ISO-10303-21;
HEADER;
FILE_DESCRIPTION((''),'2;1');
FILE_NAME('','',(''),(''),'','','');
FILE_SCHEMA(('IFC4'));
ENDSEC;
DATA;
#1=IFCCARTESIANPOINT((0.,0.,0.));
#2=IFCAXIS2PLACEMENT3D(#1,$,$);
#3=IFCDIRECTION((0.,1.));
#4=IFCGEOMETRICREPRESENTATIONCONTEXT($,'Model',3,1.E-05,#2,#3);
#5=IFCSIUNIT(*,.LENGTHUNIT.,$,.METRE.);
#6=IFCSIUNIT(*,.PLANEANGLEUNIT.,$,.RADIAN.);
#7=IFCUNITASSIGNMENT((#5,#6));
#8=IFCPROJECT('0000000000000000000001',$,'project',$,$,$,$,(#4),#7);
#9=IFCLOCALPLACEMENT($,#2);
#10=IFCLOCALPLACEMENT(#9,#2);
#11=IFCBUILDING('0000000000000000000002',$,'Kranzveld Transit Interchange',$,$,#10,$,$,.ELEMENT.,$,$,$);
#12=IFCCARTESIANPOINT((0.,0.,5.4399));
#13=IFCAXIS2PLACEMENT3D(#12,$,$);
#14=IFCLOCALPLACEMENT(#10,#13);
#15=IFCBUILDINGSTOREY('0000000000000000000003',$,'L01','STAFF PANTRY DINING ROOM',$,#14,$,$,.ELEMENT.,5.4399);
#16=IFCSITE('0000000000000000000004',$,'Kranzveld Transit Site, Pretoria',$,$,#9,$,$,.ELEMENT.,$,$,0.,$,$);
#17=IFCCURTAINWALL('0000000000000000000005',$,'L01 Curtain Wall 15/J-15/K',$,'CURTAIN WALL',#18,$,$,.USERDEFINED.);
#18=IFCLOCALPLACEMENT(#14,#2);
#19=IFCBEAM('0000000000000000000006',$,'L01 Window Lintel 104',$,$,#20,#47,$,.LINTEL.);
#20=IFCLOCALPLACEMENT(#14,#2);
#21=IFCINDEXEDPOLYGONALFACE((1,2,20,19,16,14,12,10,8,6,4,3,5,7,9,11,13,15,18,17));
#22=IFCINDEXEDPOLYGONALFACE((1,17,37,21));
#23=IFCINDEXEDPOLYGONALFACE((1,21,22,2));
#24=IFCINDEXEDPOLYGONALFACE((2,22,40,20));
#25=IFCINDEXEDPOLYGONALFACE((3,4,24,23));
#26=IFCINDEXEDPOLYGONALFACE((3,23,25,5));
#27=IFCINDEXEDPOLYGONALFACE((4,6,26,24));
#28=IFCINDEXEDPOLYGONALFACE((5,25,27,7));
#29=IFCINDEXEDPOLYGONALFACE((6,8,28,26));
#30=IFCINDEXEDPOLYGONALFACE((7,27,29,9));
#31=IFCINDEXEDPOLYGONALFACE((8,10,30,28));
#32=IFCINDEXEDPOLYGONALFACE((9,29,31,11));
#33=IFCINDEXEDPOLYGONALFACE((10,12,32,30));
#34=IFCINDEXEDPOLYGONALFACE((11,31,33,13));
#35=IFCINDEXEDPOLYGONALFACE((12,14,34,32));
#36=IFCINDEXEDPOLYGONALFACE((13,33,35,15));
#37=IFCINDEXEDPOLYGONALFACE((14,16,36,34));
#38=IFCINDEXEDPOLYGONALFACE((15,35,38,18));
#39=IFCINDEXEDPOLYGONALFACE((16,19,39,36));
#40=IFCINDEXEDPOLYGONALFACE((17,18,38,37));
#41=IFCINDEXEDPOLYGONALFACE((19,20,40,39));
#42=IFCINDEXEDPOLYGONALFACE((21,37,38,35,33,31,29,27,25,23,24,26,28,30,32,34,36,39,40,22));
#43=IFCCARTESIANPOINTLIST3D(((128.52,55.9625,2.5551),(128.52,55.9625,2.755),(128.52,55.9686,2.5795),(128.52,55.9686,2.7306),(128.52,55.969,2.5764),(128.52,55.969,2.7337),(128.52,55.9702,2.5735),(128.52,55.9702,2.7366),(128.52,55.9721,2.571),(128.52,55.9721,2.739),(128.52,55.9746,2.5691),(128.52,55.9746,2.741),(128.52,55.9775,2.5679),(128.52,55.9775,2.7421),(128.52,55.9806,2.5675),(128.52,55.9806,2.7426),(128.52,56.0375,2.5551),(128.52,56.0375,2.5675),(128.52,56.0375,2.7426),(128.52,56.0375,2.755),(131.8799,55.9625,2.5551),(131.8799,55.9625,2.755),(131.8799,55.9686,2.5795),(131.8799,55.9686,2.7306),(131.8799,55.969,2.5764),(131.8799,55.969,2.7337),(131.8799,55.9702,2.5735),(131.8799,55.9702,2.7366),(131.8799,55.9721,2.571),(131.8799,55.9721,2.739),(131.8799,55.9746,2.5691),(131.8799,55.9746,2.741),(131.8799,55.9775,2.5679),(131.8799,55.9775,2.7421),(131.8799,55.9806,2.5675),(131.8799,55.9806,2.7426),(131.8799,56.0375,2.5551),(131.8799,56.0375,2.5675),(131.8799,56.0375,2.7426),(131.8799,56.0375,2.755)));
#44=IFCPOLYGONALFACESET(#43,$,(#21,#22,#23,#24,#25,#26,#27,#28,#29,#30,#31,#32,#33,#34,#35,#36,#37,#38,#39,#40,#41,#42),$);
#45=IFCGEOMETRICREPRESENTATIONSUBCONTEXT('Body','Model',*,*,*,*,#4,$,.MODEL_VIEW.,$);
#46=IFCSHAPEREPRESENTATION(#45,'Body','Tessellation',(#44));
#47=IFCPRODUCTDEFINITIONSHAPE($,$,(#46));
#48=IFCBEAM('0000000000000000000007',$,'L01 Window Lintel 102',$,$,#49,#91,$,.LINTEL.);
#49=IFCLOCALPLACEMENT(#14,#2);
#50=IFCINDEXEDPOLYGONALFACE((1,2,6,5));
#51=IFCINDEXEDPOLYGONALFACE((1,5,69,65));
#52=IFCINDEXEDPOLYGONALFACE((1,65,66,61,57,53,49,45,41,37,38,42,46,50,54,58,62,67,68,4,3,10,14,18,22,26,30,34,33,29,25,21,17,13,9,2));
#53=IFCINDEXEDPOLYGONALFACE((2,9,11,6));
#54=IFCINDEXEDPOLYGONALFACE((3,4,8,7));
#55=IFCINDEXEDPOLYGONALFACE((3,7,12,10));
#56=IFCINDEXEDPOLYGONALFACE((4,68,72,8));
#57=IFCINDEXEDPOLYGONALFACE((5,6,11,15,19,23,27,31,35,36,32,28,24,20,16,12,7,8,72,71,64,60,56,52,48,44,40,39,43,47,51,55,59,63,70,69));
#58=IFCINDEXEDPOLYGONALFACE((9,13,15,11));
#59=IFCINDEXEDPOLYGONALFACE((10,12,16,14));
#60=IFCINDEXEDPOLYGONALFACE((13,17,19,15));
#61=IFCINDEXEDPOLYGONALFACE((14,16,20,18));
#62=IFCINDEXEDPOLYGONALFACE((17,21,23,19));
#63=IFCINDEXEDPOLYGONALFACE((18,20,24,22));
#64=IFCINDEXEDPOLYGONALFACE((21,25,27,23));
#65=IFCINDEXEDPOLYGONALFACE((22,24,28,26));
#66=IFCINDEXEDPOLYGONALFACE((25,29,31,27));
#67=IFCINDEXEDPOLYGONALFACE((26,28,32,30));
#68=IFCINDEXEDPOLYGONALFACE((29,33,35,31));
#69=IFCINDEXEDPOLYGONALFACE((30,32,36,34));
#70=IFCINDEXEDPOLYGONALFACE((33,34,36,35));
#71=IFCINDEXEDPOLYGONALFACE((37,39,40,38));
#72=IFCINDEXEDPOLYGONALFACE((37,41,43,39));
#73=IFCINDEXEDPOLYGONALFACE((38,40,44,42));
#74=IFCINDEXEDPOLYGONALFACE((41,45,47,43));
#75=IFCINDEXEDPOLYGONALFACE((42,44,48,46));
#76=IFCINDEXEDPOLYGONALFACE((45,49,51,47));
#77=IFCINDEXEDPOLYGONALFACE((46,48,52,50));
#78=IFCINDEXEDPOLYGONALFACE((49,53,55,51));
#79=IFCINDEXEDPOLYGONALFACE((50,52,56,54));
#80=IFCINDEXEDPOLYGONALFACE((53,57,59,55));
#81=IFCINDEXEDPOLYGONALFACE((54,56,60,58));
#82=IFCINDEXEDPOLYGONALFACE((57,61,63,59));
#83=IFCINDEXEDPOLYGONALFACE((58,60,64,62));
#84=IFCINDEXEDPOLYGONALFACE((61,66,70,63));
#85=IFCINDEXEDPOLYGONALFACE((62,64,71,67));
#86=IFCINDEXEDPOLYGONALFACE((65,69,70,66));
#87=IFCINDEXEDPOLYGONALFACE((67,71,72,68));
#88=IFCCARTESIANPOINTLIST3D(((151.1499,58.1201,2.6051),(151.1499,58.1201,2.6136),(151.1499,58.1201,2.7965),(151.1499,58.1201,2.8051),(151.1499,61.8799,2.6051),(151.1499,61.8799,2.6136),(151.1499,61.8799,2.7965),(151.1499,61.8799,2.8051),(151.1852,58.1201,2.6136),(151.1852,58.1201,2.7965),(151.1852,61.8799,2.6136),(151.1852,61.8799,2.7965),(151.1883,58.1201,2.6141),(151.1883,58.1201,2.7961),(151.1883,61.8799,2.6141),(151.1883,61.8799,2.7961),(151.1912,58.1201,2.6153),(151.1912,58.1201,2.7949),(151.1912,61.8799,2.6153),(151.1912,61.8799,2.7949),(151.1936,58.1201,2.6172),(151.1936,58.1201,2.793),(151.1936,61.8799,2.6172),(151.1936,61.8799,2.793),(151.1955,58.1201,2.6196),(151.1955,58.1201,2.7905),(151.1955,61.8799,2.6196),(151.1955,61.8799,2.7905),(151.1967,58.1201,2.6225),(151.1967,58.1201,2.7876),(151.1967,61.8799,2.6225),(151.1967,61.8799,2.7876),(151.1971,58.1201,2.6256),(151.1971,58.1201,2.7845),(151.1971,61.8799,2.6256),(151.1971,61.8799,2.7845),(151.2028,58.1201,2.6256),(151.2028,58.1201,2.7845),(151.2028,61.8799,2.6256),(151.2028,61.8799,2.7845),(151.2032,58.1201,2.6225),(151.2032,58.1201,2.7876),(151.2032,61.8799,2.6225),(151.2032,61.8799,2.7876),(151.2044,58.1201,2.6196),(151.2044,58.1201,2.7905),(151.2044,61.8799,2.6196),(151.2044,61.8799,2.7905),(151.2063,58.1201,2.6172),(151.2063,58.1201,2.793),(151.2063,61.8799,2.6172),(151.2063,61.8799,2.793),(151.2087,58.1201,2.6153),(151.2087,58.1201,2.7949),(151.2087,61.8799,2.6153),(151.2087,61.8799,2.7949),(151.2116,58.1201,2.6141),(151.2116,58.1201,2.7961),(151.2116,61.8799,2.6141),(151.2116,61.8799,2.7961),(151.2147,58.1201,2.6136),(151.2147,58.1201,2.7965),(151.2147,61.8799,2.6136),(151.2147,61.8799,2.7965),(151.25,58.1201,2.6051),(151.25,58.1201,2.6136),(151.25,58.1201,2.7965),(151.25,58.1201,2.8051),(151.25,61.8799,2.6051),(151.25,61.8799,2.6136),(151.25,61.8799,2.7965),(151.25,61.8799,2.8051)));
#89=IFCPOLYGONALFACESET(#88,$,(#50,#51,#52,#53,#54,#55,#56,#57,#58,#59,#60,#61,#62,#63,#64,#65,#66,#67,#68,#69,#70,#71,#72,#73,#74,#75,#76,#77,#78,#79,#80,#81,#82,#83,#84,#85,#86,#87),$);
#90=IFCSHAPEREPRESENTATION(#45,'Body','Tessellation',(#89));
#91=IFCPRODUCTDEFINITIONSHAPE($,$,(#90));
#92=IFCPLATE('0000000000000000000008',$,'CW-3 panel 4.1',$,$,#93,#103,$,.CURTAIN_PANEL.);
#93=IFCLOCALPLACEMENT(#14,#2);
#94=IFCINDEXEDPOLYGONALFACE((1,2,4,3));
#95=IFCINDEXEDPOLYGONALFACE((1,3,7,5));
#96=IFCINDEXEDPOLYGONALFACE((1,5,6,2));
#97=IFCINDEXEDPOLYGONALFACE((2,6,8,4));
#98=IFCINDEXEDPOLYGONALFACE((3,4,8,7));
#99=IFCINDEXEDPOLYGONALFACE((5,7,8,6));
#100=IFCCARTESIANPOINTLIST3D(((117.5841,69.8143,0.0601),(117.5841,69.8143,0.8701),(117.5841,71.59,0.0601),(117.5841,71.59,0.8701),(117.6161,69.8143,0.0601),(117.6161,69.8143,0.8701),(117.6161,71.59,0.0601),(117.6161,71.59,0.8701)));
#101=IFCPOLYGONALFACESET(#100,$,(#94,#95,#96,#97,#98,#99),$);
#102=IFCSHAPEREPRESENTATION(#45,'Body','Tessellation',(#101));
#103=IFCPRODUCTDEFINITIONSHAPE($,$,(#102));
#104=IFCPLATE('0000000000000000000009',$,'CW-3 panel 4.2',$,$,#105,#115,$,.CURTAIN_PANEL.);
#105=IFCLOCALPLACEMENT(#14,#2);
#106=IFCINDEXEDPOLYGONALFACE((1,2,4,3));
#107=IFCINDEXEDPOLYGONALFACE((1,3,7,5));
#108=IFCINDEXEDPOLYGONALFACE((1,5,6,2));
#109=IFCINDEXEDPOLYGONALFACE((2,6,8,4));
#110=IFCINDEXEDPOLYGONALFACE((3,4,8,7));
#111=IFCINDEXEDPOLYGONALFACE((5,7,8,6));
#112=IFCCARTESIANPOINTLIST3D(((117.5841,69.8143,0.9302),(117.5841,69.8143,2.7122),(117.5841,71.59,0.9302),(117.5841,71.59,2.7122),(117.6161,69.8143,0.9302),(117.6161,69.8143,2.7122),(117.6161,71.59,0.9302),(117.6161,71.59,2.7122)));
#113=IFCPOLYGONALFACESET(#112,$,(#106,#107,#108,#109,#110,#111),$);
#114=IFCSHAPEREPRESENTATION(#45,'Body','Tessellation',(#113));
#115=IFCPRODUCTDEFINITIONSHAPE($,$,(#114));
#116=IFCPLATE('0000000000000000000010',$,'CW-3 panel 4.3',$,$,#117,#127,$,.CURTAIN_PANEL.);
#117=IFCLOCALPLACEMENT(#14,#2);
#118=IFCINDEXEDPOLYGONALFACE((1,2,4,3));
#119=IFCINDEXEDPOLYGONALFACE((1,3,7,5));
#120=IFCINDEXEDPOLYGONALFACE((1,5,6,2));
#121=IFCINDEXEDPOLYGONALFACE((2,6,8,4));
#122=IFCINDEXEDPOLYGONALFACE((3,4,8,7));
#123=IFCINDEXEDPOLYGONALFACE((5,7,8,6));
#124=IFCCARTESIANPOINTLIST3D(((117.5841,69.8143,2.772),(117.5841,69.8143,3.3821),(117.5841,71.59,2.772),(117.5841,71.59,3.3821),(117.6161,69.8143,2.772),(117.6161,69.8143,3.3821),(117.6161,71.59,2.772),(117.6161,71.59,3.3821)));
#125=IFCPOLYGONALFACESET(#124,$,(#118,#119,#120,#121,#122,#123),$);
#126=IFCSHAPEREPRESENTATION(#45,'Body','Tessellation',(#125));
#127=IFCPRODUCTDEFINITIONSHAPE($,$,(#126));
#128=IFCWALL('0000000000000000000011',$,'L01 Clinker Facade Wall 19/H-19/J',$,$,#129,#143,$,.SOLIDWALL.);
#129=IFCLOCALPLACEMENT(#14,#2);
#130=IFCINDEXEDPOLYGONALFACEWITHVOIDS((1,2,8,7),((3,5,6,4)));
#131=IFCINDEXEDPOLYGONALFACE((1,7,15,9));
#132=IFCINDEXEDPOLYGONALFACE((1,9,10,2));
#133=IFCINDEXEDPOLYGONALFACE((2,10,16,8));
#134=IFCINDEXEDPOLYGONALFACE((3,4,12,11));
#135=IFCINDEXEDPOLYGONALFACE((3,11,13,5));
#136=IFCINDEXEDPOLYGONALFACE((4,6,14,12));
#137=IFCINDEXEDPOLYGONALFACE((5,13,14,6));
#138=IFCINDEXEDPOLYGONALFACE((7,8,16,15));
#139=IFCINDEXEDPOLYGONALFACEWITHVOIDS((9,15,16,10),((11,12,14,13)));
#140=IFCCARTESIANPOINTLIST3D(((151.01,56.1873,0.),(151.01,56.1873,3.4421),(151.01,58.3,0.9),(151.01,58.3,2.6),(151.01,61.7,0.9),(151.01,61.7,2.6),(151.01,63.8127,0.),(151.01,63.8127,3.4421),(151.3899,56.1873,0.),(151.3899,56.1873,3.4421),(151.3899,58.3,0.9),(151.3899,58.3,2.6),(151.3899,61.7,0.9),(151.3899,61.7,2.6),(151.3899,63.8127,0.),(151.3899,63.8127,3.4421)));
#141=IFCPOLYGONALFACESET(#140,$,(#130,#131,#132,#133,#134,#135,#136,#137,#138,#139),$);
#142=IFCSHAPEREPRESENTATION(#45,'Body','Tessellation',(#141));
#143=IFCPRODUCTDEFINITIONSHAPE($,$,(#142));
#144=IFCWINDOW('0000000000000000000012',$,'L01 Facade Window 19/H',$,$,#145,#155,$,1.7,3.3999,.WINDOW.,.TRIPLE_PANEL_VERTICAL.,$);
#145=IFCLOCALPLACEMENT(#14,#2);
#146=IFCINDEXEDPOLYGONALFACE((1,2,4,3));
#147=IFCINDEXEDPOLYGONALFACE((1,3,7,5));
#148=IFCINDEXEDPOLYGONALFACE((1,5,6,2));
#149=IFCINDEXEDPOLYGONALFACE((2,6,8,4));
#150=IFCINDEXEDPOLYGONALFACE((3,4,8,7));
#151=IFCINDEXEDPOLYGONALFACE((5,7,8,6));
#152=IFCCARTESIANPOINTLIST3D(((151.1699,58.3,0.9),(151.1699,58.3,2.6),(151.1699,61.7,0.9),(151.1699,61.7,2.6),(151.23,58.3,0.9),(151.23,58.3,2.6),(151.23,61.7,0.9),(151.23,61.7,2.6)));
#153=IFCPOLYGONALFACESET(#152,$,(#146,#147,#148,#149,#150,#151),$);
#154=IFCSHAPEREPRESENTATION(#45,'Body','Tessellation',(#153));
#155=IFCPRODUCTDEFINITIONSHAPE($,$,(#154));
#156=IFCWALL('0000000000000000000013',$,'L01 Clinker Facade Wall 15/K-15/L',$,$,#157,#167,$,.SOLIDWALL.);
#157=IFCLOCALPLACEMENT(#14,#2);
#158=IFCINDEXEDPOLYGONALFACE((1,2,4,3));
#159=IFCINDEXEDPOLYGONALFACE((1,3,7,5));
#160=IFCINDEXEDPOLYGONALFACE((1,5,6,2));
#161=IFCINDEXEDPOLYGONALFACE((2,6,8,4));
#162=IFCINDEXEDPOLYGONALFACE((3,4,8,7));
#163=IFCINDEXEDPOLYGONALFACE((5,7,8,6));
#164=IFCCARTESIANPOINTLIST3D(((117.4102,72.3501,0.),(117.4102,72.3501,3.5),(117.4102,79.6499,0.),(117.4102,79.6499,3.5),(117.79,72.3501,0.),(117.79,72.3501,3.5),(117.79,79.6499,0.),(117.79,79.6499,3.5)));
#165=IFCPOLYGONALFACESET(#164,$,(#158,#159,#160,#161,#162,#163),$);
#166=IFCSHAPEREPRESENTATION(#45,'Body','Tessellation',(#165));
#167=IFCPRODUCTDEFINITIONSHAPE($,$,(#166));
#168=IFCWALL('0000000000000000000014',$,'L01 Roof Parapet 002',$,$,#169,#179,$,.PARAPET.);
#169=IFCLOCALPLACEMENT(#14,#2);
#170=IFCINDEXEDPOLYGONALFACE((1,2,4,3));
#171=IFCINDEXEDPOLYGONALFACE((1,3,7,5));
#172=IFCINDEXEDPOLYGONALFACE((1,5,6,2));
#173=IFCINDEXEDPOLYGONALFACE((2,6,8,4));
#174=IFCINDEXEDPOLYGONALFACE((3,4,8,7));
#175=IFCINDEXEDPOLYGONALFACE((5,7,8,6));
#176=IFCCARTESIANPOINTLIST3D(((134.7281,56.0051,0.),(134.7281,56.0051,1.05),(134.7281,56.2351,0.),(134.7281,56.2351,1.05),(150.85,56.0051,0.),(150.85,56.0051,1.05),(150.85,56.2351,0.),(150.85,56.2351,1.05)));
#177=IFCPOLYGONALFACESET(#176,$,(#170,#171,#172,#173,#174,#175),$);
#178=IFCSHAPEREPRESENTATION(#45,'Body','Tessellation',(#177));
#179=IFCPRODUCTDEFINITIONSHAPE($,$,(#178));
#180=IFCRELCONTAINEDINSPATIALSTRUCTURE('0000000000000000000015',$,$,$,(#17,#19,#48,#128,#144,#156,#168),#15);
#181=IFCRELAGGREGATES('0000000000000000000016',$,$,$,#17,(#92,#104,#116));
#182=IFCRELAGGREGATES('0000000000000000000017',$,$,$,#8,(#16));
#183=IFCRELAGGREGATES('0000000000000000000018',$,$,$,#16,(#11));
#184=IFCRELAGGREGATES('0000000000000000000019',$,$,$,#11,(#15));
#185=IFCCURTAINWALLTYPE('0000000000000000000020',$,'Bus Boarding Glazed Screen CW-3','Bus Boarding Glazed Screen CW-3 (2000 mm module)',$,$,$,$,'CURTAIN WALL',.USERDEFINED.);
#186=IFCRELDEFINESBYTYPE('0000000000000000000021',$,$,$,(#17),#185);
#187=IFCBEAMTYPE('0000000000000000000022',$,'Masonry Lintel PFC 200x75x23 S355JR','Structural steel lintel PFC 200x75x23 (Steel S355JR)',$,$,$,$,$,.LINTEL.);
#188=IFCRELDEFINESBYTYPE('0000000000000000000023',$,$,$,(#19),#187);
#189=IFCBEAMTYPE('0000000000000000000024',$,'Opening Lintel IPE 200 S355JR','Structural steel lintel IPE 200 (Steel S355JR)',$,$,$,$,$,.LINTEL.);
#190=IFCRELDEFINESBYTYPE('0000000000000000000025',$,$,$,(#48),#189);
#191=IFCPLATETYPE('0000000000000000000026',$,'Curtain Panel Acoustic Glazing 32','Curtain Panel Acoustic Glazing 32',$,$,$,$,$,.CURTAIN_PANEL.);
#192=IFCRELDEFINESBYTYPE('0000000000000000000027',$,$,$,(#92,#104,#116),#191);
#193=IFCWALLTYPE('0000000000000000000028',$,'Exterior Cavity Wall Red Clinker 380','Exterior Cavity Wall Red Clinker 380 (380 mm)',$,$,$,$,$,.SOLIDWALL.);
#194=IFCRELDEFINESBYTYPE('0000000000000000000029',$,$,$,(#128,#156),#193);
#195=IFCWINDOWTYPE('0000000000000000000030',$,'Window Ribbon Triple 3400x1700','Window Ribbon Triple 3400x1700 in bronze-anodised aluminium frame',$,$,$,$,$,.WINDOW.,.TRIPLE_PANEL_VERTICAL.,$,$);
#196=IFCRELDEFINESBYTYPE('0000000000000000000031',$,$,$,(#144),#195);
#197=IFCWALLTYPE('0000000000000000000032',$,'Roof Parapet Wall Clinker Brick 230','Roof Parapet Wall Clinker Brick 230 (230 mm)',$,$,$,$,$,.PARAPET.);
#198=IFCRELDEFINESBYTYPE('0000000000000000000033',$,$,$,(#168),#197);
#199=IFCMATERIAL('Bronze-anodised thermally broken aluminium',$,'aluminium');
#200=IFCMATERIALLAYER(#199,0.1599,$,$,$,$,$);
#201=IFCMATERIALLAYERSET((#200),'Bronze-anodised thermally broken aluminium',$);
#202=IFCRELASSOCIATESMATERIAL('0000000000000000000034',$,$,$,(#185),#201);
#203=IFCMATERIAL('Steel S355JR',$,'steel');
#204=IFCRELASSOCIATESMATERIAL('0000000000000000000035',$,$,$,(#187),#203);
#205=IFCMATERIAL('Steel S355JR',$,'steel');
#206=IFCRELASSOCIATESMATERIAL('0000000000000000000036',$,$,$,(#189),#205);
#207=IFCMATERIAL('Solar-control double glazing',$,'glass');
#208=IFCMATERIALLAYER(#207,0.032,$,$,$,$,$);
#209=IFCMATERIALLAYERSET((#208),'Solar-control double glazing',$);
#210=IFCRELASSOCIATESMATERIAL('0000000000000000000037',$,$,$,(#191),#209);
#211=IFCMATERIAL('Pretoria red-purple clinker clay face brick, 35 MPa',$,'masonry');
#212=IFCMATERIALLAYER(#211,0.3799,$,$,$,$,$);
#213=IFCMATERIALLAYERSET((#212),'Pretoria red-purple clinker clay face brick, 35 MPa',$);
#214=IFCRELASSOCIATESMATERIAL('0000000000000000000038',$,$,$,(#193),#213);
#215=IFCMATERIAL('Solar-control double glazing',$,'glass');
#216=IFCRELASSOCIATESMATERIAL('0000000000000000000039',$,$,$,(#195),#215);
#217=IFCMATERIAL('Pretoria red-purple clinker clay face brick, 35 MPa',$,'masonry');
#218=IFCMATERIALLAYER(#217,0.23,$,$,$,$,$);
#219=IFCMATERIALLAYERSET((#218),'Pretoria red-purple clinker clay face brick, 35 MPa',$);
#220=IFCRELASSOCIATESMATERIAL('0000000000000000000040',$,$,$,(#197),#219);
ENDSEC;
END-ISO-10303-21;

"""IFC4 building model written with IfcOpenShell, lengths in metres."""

from ifc_helpers import new_model, si_unit, direction, frame, frame_2d, origin, origin_2d, place, context, subcontext, project, spatial, rectangle, i_section, u_section, extrude, material, layer, layer_set, material_profile, profile_set, type_object, element, fill, aggregate, save


model = new_model("IFC4")

# Units and contexts
model_context = context("Model", 3, precision=1e-05, world=origin(), true_north=direction((0.0, 1.0)))
body_context = subcontext(model_context, "Body", "Model", "MODEL_VIEW")
ifc_project = project(units=[si_unit("LENGTHUNIT", "METRE"), si_unit("PLANEANGLEUNIT", "RADIAN")], contexts=[model_context])

# Site, building, storey
site_placement = place(None, origin())
site = spatial("IfcSite", under=ifc_project, at=site_placement, Name="Kranzveld Transit Site, Pretoria", CompositionType="ELEMENT", RefElevation=0.0)
building_placement = place(site_placement, origin())
building = spatial("IfcBuilding", under=site, at=building_placement, Name="Kranzveld Transit Interchange", CompositionType="ELEMENT")
storey_placement = place(building_placement, frame((0.0, 0.0, 5.4399)))
storey = spatial("IfcBuildingStorey", under=building, at=storey_placement, Name="L01", Description="STAFF PANTRY DINING ROOM", CompositionType="ELEMENT", Elevation=5.4399)

# Curtain wall
ifc_material_1 = material(Name="Bronze-anodised thermally broken aluminium", Category="aluminium")
ifc_layer_1 = layer(ifc_material_1, 0.1599)
ifc_layer_set_1 = layer_set([ifc_layer_1], Name="Bronze-anodised thermally broken aluminium")
curtain_wall_type = type_object("IfcCurtainWallType", Name="Bus Boarding Glazed Screen CW-3", Description="Bus Boarding Glazed Screen CW-3 (2000 mm module)", ElementType="CURTAIN WALL", PredefinedType="USERDEFINED", material=ifc_layer_set_1)
curtain_wall_placement = place(storey_placement, origin())
curtain_wall = element("IfcCurtainWall", 1, at=curtain_wall_placement, inside=storey, type_object=curtain_wall_type, Name="L01 Curtain Wall 15/J-15/K", ObjectType="CURTAIN WALL", PredefinedType="USERDEFINED")

# Beams
ifc_material_2 = material(Name="Steel S355JR", Category="steel")
ifc_material_profile_1 = material_profile(ifc_material_2, u_section(Depth=0.2, FlangeWidth=0.075, WebThickness=0.0061, FlangeThickness=0.0125, FilletRadius=0.012, at=origin_2d()), Name="PFC 200x75x23")
ifc_profile_set_1 = profile_set([ifc_material_profile_1], Name="Steel S355JR")
beam_type_1 = type_object("IfcBeamType", Name="Masonry Lintel PFC 200x75x23 S355JR", Description="Structural steel lintel PFC 200x75x23 (Steel S355JR)", PredefinedType="LINTEL", material=ifc_profile_set_1)
beam_1_placement = place(storey_placement, frame((128.52, 56.0, 2.655), z_axis=(1.0, 0.0, 0.0), x_axis=(0.0, 1.0, 0.0)))
element("IfcBeam", 2, at=beam_1_placement, inside=storey, type_object=beam_type_1, Name="L01 Window Lintel 104", PredefinedType="LINTEL", context=body_context, shape_type="SweptSolid", body=[
    extrude(u_section(Depth=0.2, FlangeWidth=0.075, WebThickness=0.0061, FlangeThickness=0.0125, FilletRadius=0.012, at=origin_2d()), origin(), (0.0, 0.0, 1.0), 3.3599),
])
ifc_material_3 = material(Name="Steel S355JR", Category="steel")
ifc_material_profile_2 = material_profile(ifc_material_3, i_section(OverallWidth=0.1001, OverallDepth=0.2, WebThickness=0.0056, FlangeThickness=0.0085, FilletRadius=0.012, at=origin_2d()), Name="IPE 200")
ifc_profile_set_2 = profile_set([ifc_material_profile_2], Name="Steel S355JR")
beam_type_2 = type_object("IfcBeamType", Name="Opening Lintel IPE 200 S355JR", Description="Structural steel lintel IPE 200 (Steel S355JR)", PredefinedType="LINTEL", material=ifc_profile_set_2)
beam_2_placement = place(storey_placement, frame((151.2, 58.1201, 2.7051), z_axis=(0.0, 1.0, 0.0), x_axis=(-1.0, 0.0, 0.0)))
element("IfcBeam", 3, at=beam_2_placement, inside=storey, type_object=beam_type_2, Name="L01 Window Lintel 102", PredefinedType="LINTEL", context=body_context, shape_type="SweptSolid", body=[
    extrude(i_section(OverallWidth=0.1001, OverallDepth=0.2, WebThickness=0.0056, FlangeThickness=0.0085, FilletRadius=0.012, at=origin_2d()), origin(), (0.0, 0.0, 1.0), 3.7598),
])

# Plates
ifc_material_4 = material(Name="Solar-control double glazing", Category="glass")
ifc_layer_2 = layer(ifc_material_4, 0.032)
ifc_layer_set_2 = layer_set([ifc_layer_2], Name="Solar-control double glazing")
plate_type = type_object("IfcPlateType", Name="Curtain Panel Acoustic Glazing 32", Description="Curtain Panel Acoustic Glazing 32", PredefinedType="CURTAIN_PANEL", material=ifc_layer_set_2)
plate_1_placement = place(storey_placement, frame((117.6001, 70.7021, 0.0601), z_axis=(0.0, 0.0, 1.0), x_axis=(0.0, 1.0, 0.0)))
plate_1 = element("IfcPlate", 4, at=plate_1_placement, type_object=plate_type, Name="CW-3 panel 4.1", PredefinedType="CURTAIN_PANEL", context=body_context, shape_type="SweptSolid", body=[
    extrude(rectangle(XDim=1.7756, YDim=0.032, at=origin_2d()), origin(), (0.0, 0.0, 1.0), 0.8101),
])
plate_2_placement = place(storey_placement, frame((117.6001, 70.7021, 0.9302), z_axis=(0.0, 0.0, 1.0), x_axis=(0.0, 1.0, 0.0)))
plate_2 = element("IfcPlate", 5, at=plate_2_placement, type_object=plate_type, Name="CW-3 panel 4.2", PredefinedType="CURTAIN_PANEL", context=body_context, shape_type="SweptSolid", body=[
    extrude(rectangle(XDim=1.7756, YDim=0.032, at=origin_2d()), origin(), (0.0, 0.0, 1.0), 1.782),
])
plate_3_placement = place(storey_placement, frame((117.6001, 70.7021, 2.772), z_axis=(0.0, 0.0, 1.0), x_axis=(0.0, 1.0, 0.0)))
plate_3 = element("IfcPlate", 6, at=plate_3_placement, type_object=plate_type, Name="CW-3 panel 4.3", PredefinedType="CURTAIN_PANEL", context=body_context, shape_type="SweptSolid", body=[
    extrude(rectangle(XDim=1.7756, YDim=0.032, at=origin_2d()), origin(), (0.0, 0.0, 1.0), 0.6101),
])
aggregate(curtain_wall, [plate_1, plate_2, plate_3])

# Wall, opening, window
ifc_material_5 = material(Name="Pretoria red-purple clinker clay face brick, 35 MPa", Category="masonry")
ifc_layer_3 = layer(ifc_material_5, 0.3799)
ifc_layer_set_3 = layer_set([ifc_layer_3], Name="Pretoria red-purple clinker clay face brick, 35 MPa")
wall_type_1 = type_object("IfcWallType", Name="Exterior Cavity Wall Red Clinker 380", Description="Exterior Cavity Wall Red Clinker 380 (380 mm)", PredefinedType="SOLIDWALL", material=ifc_layer_set_3)
wall_1_placement = place(storey_placement, frame((151.2, 56.1873, 0.0), z_axis=(0.0, 0.0, 1.0), x_axis=(0.0, 1.0, 0.0)))
wall_1 = element("IfcWall", 7, at=wall_1_placement, inside=storey, type_object=wall_type_1, Name="L01 Clinker Facade Wall 19/H-19/J", PredefinedType="SOLIDWALL", context=body_context, shape_type="SweptSolid", body=[
    extrude(rectangle(XDim=7.6255, YDim=0.3799, at=frame_2d((3.8127, 0.0))), origin(), (0.0, 0.0, 1.0), 3.4421),
])
opening_placement = place(wall_1_placement, frame((2.1128, 0.0, 0.8999), z_axis=(0.0, 0.0, 1.0), x_axis=(1.0, 0.0, 0.0)))
opening = element("IfcOpeningElement", 8, at=opening_placement, cuts=wall_1, PredefinedType="OPENING", context=body_context, shape_type="SweptSolid", body=[
    extrude(rectangle(XDim=3.3999, YDim=1.7, at=frame_2d((1.7, 0.8501))), frame((0.0, 0.2, 0.0), z_axis=(0.0, -1.0, 0.0), x_axis=(1.0, 0.0, 0.0)), (0.0, 0.0, 1.0), 0.3999),
])
ifc_material_6 = material(Name="Solar-control double glazing", Category="glass")
window_type = type_object("IfcWindowType", Name="Window Ribbon Triple 3400x1700", Description="Window Ribbon Triple 3400x1700 in bronze-anodised aluminium frame", PartitioningType="TRIPLE_PANEL_VERTICAL", PredefinedType="WINDOW", material=ifc_material_6)
window_placement = place(opening_placement, origin())
window = element("IfcWindow", 9, at=window_placement, inside=storey, type_object=window_type, Name="L01 Facade Window 19/H", OverallHeight=1.7, OverallWidth=3.3999, PartitioningType="TRIPLE_PANEL_VERTICAL", PredefinedType="WINDOW", context=body_context, shape_type="SweptSolid", body=[
    extrude(rectangle(XDim=3.3999, YDim=1.7, at=frame_2d((1.7, 0.8501))), frame((0.0, 0.03, 0.0), z_axis=(0.0, -1.0, 0.0), x_axis=(1.0, 0.0, 0.0)), (0.0, 0.0, 1.0), 0.0601),
])
fill(opening, window)

# Walls
wall_2_placement = place(storey_placement, frame((117.6001, 72.3501, 0.0), z_axis=(0.0, 0.0, 1.0), x_axis=(0.0, 1.0, 0.0)))
element("IfcWall", 10, at=wall_2_placement, inside=storey, type_object=wall_type_1, Name="L01 Clinker Facade Wall 15/K-15/L", PredefinedType="SOLIDWALL", context=body_context, shape_type="SweptSolid", body=[
    extrude(rectangle(XDim=7.2998, YDim=0.3799, at=frame_2d((3.6499, 0.0))), origin(), (0.0, 0.0, 1.0), 3.5),
])
ifc_material_7 = material(Name="Pretoria red-purple clinker clay face brick, 35 MPa", Category="masonry")
ifc_layer_4 = layer(ifc_material_7, 0.23)
ifc_layer_set_4 = layer_set([ifc_layer_4], Name="Pretoria red-purple clinker clay face brick, 35 MPa")
wall_type_2 = type_object("IfcWallType", Name="Roof Parapet Wall Clinker Brick 230", Description="Roof Parapet Wall Clinker Brick 230 (230 mm)", PredefinedType="PARAPET", material=ifc_layer_set_4)
wall_3_placement = place(storey_placement, frame((150.8501, 56.1201, 0.0), z_axis=(0.0, 0.0, 1.0), x_axis=(-1.0, 0.0, 0.0)))
element("IfcWall", 11, at=wall_3_placement, inside=storey, type_object=wall_type_2, Name="L01 Roof Parapet 002", PredefinedType="PARAPET", context=body_context, shape_type="SweptSolid", body=[
    extrude(rectangle(XDim=16.1218, YDim=0.23, at=frame_2d((8.061, 0.0))), origin(), (0.0, 0.0, 1.0), 1.05),
])

save(model, "model.ifc")
